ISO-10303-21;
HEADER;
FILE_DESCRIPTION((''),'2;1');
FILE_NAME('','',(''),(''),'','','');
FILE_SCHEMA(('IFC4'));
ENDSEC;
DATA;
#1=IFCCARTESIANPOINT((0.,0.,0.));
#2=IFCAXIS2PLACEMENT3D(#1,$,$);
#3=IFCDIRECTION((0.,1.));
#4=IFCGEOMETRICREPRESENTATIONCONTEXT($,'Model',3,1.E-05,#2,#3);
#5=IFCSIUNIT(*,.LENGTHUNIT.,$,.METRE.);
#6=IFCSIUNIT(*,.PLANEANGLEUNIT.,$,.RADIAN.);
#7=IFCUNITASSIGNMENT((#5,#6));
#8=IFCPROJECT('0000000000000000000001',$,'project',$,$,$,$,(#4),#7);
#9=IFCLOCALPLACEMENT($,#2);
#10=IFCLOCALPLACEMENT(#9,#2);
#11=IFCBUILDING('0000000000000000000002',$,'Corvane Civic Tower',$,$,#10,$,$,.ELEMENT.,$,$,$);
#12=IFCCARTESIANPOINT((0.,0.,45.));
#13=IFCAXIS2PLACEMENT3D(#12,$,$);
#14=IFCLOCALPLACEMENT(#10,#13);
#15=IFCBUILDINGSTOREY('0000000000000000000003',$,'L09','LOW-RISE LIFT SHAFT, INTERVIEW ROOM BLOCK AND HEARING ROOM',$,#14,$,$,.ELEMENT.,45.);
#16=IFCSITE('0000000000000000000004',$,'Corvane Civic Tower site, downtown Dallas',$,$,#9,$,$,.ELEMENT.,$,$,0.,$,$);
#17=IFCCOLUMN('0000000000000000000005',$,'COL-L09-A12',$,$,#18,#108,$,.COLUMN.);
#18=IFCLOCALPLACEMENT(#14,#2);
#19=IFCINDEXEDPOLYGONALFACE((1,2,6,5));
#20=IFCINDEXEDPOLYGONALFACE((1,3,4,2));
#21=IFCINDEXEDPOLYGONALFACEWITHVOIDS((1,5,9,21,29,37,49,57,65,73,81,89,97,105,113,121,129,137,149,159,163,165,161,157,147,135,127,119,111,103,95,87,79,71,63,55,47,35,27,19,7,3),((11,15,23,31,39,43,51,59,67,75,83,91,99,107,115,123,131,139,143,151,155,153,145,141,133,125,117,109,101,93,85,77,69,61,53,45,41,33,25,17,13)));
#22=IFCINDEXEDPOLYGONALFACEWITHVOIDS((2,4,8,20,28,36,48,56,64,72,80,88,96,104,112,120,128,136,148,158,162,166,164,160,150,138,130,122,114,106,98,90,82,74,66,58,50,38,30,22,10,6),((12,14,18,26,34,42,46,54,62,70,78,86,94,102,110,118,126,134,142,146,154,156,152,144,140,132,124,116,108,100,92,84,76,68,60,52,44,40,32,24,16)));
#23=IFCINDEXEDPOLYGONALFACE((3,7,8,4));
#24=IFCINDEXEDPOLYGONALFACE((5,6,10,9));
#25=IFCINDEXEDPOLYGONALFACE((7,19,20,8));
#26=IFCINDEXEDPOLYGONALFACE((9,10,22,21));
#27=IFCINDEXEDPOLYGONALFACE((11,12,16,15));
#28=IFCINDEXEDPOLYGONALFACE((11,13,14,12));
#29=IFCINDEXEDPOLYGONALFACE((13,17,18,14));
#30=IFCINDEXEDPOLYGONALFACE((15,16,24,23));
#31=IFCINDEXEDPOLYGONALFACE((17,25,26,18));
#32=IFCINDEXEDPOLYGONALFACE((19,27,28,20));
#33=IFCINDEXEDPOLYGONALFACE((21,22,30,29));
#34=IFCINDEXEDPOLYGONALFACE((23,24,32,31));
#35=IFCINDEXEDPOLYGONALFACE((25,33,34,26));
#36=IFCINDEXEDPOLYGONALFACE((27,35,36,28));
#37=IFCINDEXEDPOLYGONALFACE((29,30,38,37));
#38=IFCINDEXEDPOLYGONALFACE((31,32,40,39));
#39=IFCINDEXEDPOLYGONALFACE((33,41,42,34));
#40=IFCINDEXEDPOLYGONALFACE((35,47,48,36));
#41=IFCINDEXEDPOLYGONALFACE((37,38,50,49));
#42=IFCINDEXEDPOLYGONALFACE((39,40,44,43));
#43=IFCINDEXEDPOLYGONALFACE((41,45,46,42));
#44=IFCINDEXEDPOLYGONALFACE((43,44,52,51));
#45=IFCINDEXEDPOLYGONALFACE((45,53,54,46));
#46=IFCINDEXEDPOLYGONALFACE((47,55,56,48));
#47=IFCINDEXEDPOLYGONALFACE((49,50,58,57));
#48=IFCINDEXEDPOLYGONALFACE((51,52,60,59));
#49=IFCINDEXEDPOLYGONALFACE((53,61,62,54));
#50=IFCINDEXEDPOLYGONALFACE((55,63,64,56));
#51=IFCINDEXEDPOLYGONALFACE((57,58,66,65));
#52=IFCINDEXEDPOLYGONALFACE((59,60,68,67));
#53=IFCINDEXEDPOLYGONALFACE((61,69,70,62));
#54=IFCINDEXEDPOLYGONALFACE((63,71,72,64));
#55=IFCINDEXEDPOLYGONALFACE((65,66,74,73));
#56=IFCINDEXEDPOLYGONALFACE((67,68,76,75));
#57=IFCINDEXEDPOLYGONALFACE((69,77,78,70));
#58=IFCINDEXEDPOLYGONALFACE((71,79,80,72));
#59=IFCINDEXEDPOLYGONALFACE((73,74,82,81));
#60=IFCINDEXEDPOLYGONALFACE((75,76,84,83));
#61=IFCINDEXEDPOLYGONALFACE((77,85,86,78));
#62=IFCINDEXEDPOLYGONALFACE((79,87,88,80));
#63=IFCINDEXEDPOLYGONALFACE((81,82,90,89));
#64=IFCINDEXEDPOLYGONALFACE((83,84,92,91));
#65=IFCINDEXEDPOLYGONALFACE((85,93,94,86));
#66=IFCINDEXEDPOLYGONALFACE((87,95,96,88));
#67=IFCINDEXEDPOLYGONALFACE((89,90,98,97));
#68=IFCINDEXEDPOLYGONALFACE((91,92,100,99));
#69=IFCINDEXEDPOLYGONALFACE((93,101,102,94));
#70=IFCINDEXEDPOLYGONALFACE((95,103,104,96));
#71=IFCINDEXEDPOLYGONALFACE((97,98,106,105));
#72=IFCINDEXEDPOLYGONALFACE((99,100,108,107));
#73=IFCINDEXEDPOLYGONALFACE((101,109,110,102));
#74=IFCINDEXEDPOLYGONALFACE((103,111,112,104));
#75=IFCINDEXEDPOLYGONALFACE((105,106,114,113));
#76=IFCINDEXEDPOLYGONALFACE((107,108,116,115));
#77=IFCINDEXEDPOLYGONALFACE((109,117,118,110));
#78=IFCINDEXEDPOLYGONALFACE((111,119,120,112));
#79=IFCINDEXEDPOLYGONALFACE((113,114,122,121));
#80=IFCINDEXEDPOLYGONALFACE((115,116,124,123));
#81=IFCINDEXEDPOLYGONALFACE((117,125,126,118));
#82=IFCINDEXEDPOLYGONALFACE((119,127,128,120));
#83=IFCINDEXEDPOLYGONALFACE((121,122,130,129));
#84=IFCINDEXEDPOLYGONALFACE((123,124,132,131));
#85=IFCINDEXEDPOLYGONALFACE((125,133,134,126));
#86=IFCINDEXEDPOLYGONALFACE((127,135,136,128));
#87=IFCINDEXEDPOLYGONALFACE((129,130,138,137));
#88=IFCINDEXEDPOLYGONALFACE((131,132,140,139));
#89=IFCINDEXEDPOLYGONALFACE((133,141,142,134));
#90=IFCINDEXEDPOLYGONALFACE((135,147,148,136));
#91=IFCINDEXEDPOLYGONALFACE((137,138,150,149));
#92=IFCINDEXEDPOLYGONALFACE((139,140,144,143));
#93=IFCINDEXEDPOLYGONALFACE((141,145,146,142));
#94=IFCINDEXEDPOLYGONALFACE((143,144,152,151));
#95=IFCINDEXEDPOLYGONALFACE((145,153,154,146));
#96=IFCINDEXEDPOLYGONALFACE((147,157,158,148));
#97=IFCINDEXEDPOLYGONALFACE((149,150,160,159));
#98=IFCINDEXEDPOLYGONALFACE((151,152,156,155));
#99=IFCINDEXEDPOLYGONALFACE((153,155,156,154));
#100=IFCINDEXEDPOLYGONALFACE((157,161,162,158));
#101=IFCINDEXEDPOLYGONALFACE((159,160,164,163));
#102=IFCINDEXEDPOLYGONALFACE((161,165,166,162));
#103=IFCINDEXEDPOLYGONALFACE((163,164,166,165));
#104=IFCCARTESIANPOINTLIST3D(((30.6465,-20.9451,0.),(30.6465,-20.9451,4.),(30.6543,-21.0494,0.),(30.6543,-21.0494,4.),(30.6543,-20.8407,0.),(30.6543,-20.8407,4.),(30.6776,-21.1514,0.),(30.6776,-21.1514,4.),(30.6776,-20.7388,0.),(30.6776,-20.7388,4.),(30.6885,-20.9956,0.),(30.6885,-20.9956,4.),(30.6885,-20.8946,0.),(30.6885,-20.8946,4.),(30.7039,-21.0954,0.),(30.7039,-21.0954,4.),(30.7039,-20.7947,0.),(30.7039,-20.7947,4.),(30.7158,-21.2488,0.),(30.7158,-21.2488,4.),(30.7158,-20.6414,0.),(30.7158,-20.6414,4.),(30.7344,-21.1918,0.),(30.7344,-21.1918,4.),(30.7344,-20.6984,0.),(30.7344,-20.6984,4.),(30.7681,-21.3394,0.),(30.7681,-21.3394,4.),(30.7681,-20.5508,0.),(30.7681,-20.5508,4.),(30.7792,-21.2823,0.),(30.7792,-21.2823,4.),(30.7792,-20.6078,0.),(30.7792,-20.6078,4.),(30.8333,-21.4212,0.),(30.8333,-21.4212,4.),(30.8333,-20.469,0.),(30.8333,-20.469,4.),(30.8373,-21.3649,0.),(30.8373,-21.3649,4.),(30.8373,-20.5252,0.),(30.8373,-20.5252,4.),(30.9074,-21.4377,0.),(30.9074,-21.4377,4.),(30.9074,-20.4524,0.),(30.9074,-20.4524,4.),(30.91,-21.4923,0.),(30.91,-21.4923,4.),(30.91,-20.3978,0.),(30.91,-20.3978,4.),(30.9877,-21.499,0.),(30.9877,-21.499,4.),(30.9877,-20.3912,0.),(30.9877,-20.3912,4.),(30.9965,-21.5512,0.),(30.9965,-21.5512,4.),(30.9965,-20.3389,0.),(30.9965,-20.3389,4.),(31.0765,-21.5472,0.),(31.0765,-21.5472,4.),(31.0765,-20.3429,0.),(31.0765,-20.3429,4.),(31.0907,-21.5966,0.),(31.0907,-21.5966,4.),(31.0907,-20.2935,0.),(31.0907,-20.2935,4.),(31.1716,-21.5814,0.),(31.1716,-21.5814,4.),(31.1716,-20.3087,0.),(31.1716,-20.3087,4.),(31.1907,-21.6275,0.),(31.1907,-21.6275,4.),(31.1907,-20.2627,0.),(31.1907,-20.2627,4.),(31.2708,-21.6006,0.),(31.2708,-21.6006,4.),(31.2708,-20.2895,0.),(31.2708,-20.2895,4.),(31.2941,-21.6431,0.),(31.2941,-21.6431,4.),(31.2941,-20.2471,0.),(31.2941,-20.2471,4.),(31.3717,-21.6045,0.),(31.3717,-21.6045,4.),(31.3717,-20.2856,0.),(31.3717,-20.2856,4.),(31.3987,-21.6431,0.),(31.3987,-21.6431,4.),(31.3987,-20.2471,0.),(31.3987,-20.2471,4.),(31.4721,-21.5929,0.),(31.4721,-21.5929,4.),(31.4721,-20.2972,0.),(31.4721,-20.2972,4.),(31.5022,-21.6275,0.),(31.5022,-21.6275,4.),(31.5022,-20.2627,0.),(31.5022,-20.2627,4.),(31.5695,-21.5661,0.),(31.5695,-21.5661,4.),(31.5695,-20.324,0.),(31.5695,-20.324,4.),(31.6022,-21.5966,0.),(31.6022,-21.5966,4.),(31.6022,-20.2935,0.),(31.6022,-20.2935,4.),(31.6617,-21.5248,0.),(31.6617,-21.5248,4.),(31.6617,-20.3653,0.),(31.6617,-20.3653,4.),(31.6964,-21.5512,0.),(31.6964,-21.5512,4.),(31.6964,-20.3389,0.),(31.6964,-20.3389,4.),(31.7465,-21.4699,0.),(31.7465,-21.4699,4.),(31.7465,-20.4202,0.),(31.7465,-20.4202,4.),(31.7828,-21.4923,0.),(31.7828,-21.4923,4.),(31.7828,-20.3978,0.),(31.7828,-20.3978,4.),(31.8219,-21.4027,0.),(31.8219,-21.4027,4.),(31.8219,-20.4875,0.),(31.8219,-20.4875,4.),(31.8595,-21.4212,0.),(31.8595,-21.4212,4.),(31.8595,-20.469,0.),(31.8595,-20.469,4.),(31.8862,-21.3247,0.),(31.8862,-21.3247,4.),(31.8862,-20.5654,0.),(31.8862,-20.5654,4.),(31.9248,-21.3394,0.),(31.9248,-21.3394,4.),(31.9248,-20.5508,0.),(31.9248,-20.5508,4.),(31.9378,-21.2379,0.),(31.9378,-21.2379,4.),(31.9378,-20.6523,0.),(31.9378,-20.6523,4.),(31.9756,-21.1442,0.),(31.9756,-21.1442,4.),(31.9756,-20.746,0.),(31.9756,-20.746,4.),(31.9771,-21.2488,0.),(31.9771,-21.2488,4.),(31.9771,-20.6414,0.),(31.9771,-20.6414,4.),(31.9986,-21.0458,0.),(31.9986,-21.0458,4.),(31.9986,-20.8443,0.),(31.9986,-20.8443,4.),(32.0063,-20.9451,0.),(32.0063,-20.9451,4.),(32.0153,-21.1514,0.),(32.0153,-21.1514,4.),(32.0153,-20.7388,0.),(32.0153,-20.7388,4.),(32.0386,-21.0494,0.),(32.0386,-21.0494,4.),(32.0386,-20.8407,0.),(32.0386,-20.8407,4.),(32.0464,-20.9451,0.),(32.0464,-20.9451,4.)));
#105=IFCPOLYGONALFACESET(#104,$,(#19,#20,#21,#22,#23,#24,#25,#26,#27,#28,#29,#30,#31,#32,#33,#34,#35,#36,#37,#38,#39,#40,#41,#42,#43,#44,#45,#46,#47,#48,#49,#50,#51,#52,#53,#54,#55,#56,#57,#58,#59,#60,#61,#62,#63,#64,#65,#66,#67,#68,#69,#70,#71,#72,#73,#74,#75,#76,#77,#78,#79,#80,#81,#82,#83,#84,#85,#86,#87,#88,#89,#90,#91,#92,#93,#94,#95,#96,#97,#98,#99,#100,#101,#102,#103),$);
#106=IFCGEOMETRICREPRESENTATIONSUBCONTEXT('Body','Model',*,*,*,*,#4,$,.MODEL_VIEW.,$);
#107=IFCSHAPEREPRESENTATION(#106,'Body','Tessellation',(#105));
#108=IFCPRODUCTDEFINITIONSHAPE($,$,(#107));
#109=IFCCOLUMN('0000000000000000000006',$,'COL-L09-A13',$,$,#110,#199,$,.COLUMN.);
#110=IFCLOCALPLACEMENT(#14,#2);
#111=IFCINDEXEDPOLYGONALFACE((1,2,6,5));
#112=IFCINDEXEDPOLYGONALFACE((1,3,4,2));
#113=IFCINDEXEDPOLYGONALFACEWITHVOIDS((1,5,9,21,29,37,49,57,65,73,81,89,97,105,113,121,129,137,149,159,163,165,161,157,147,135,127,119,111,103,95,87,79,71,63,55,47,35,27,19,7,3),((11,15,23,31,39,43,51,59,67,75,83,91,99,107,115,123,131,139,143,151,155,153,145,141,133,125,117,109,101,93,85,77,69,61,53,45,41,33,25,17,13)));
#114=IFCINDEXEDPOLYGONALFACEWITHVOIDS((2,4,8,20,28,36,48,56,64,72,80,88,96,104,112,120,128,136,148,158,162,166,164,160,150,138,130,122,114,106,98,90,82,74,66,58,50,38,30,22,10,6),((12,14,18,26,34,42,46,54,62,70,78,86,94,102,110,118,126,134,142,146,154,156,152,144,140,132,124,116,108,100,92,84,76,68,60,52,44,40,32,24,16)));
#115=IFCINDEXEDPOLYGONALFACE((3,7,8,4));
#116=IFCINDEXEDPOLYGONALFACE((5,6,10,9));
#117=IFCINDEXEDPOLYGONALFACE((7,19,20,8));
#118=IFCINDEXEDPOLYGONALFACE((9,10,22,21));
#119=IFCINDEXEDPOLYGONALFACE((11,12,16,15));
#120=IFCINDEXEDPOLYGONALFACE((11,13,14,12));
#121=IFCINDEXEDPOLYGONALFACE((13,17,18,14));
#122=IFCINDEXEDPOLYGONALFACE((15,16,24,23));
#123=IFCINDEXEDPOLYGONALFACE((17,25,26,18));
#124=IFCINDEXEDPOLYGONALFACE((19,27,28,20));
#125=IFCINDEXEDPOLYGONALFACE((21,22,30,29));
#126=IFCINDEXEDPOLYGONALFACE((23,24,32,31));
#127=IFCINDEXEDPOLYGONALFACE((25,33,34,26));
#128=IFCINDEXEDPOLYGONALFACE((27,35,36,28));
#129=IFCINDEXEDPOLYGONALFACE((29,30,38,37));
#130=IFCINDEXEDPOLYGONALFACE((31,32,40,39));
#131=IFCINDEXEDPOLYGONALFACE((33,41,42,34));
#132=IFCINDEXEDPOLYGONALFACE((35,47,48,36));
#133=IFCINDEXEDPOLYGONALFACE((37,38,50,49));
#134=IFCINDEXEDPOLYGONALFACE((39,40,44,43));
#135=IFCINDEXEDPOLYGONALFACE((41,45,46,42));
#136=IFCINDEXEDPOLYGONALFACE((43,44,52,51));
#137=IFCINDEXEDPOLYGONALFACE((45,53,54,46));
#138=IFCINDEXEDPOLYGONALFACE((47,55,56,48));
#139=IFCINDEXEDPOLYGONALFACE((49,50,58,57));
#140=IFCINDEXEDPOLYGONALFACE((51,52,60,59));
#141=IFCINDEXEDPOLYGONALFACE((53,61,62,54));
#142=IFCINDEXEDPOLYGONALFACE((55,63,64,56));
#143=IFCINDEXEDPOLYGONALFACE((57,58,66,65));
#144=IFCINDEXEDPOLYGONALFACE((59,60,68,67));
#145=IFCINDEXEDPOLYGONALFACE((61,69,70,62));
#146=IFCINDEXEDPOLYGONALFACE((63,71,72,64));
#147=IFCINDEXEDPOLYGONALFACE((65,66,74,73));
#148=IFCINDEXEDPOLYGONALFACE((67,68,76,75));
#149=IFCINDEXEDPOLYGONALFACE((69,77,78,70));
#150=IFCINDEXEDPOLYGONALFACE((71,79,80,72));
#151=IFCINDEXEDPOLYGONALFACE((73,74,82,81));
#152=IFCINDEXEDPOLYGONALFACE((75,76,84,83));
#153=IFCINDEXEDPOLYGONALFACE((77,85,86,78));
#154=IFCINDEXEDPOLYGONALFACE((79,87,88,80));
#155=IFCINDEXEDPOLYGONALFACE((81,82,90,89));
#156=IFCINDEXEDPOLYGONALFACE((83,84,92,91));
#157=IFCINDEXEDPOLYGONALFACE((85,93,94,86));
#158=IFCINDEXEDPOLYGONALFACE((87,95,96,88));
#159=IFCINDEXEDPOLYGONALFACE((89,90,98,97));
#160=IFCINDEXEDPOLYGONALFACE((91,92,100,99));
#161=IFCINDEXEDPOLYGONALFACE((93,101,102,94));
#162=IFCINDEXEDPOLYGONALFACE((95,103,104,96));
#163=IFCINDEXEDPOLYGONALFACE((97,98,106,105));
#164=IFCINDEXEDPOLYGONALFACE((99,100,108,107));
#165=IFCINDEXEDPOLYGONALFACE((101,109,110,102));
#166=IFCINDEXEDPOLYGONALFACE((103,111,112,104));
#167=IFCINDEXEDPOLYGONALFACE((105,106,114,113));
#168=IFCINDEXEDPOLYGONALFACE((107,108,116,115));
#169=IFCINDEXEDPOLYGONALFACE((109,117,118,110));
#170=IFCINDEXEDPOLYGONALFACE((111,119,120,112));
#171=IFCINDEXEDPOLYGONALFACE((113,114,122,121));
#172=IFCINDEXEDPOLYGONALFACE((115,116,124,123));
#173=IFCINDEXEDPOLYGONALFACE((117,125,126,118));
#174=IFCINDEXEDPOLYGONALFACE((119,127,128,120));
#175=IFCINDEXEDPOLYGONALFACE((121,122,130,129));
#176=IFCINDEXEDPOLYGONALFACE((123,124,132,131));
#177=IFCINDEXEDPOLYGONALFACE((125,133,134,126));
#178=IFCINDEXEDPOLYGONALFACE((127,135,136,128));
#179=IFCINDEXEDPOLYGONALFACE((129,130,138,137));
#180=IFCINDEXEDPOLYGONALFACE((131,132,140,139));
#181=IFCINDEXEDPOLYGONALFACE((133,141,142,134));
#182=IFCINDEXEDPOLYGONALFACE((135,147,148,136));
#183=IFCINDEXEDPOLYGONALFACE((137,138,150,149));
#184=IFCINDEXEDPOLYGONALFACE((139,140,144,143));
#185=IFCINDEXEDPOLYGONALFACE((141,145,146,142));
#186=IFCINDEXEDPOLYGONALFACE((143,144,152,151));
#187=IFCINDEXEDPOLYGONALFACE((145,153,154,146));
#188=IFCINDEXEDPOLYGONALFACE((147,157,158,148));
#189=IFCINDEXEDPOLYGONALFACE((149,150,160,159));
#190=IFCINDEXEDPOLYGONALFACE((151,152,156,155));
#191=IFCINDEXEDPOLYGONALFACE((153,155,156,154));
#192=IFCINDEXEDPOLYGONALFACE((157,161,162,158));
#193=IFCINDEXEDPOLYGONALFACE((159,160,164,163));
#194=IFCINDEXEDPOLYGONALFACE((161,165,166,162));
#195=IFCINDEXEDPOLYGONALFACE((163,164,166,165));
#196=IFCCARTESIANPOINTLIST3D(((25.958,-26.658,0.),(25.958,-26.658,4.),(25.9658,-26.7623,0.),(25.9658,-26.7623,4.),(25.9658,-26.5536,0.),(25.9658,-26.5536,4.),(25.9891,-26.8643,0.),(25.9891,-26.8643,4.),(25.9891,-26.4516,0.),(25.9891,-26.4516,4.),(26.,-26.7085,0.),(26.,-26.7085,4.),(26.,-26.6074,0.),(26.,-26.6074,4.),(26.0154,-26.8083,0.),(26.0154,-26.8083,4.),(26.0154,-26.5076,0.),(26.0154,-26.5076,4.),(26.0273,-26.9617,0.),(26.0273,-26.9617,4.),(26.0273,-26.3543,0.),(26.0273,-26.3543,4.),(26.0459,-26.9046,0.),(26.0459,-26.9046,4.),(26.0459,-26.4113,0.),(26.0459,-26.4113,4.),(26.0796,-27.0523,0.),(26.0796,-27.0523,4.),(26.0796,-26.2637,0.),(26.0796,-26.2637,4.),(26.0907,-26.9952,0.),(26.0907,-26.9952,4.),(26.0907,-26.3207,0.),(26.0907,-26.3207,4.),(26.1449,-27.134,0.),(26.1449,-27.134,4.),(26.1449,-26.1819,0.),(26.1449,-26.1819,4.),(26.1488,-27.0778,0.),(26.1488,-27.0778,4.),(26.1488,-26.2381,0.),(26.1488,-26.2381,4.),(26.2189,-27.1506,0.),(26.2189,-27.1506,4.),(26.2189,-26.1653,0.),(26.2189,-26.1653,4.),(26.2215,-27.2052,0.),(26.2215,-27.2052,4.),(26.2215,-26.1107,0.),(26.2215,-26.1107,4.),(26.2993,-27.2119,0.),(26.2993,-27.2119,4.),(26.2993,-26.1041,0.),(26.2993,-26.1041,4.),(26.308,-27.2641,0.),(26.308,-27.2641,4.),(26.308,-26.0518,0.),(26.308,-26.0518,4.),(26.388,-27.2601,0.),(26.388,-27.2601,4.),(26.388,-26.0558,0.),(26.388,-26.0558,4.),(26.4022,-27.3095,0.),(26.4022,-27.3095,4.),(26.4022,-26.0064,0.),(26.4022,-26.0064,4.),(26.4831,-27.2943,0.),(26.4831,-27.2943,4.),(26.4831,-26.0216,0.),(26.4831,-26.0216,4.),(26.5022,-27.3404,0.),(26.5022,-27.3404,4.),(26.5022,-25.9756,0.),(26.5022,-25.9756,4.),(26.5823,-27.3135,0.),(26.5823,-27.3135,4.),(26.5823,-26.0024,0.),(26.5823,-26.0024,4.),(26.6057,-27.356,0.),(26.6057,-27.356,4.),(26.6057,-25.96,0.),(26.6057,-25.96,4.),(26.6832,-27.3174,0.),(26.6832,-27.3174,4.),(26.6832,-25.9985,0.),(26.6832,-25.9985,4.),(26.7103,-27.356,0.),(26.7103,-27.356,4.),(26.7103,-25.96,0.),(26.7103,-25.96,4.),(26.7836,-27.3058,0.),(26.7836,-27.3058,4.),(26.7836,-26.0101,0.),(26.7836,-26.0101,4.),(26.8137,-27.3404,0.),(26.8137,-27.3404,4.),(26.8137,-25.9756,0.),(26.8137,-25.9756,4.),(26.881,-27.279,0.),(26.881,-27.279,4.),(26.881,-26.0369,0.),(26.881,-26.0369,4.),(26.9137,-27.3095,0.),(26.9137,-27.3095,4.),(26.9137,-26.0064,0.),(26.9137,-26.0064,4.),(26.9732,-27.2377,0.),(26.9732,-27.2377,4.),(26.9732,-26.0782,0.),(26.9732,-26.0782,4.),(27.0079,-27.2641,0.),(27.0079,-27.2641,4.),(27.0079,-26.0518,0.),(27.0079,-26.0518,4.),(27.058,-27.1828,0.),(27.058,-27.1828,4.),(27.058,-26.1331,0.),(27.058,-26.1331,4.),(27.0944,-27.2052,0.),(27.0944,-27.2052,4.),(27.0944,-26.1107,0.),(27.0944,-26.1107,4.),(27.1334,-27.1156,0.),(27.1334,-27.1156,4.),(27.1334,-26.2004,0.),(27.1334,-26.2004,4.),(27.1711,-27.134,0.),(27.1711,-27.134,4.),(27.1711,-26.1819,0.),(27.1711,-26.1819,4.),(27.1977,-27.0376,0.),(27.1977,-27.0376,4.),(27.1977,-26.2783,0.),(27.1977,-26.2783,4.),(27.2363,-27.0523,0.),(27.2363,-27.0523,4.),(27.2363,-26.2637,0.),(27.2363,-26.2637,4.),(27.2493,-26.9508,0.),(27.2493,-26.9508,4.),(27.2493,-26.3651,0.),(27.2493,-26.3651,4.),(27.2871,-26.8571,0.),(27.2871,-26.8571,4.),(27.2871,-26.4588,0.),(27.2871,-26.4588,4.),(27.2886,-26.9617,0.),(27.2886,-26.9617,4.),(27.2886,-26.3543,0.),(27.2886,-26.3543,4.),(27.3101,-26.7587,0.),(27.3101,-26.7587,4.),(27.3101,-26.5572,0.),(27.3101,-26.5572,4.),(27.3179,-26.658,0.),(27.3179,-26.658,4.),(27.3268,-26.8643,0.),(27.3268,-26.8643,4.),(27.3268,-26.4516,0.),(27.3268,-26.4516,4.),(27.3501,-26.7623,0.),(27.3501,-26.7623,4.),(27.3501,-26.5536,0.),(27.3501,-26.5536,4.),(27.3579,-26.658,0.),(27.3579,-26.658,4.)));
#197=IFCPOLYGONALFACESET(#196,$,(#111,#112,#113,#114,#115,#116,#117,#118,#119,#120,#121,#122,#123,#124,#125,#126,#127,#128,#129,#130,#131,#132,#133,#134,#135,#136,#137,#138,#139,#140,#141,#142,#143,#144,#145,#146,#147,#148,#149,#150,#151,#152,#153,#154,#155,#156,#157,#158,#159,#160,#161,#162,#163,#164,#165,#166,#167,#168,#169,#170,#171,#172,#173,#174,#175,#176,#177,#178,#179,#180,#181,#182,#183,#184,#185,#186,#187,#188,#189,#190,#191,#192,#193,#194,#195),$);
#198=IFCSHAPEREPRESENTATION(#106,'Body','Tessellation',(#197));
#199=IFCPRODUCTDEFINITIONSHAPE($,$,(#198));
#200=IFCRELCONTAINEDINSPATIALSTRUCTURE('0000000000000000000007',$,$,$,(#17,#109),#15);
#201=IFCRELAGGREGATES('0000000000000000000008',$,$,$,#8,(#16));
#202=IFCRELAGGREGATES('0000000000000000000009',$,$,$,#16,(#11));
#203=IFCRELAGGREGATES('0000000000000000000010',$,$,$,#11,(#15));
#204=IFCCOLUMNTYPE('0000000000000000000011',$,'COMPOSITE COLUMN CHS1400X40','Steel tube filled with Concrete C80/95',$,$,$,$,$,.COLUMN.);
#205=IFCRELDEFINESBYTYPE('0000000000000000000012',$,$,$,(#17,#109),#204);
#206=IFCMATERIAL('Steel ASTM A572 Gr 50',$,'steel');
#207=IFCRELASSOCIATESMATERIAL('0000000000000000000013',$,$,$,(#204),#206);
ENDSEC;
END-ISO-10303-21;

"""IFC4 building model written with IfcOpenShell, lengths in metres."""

from ifc_helpers import new_model, si_unit, direction, frame, origin, origin_2d, place, context, subcontext, project, spatial, hollow_circle, extrude, material, material_profile, profile_set, type_object, element, save


model = new_model("IFC4")

# Units and contexts
model_context = context("Model", 3, precision=1e-05, world=origin(), true_north=direction((0.0, 1.0)))
body_context = subcontext(model_context, "Body", "Model", "MODEL_VIEW")
ifc_project = project(units=[si_unit("LENGTHUNIT", "METRE"), si_unit("PLANEANGLEUNIT", "RADIAN")], contexts=[model_context])

# Site, building, storey
site_placement = place(None, origin())
site = spatial("IfcSite", under=ifc_project, at=site_placement, Name="Corvane Civic Tower site, downtown Dallas", CompositionType="ELEMENT", RefElevation=0.0)
building_placement = place(site_placement, origin())
building = spatial("IfcBuilding", under=site, at=building_placement, Name="Corvane Civic Tower", CompositionType="ELEMENT")
storey_placement = place(building_placement, frame((0.0, 0.0, 45.0)))
storey = spatial("IfcBuildingStorey", under=building, at=storey_placement, Name="L09", Description="LOW-RISE LIFT SHAFT, INTERVIEW ROOM BLOCK AND HEARING ROOM", CompositionType="ELEMENT", Elevation=45.0)

# Columns
ifc_material_1 = material(Name="Steel ASTM A572 Gr 50", Category="steel")
ifc_material_profile_1 = material_profile(ifc_material_1, hollow_circle(Radius=0.7, WallThickness=0.04, at=origin_2d()), Name="CHS1400X40")
ifc_profile_set_1 = profile_set([ifc_material_profile_1], Name="Steel ASTM A572 Gr 50")
column_type = type_object("IfcColumnType", Name="COMPOSITE COLUMN CHS1400X40", Description="Steel tube filled with Concrete C80/95", PredefinedType="COLUMN", material=ifc_profile_set_1)
for number, where, z_axis, x_axis, name in (
    (1, (31.3464, -20.9451, 0.0), (0.0, 0.0, 1.0), (1.0, 0.0, 0.0), "COL-L09-A12"),
    (2, (26.658, -26.658, 0.0), (0.0, 0.0, 1.0), (1.0, 0.0, 0.0), "COL-L09-A13"),
):
    element("IfcColumn", number, at=place(storey_placement, frame(where, z_axis=z_axis, x_axis=x_axis)), inside=storey, type_object=column_type, Name=name, PredefinedType="COLUMN", context=body_context, shape_type="SweptSolid", body=[
        extrude(hollow_circle(Radius=0.7, WallThickness=0.04, at=origin_2d()), origin(), (0.0, 0.0, 1.0), 4.0),
    ])

save(model, "model.ifc")
